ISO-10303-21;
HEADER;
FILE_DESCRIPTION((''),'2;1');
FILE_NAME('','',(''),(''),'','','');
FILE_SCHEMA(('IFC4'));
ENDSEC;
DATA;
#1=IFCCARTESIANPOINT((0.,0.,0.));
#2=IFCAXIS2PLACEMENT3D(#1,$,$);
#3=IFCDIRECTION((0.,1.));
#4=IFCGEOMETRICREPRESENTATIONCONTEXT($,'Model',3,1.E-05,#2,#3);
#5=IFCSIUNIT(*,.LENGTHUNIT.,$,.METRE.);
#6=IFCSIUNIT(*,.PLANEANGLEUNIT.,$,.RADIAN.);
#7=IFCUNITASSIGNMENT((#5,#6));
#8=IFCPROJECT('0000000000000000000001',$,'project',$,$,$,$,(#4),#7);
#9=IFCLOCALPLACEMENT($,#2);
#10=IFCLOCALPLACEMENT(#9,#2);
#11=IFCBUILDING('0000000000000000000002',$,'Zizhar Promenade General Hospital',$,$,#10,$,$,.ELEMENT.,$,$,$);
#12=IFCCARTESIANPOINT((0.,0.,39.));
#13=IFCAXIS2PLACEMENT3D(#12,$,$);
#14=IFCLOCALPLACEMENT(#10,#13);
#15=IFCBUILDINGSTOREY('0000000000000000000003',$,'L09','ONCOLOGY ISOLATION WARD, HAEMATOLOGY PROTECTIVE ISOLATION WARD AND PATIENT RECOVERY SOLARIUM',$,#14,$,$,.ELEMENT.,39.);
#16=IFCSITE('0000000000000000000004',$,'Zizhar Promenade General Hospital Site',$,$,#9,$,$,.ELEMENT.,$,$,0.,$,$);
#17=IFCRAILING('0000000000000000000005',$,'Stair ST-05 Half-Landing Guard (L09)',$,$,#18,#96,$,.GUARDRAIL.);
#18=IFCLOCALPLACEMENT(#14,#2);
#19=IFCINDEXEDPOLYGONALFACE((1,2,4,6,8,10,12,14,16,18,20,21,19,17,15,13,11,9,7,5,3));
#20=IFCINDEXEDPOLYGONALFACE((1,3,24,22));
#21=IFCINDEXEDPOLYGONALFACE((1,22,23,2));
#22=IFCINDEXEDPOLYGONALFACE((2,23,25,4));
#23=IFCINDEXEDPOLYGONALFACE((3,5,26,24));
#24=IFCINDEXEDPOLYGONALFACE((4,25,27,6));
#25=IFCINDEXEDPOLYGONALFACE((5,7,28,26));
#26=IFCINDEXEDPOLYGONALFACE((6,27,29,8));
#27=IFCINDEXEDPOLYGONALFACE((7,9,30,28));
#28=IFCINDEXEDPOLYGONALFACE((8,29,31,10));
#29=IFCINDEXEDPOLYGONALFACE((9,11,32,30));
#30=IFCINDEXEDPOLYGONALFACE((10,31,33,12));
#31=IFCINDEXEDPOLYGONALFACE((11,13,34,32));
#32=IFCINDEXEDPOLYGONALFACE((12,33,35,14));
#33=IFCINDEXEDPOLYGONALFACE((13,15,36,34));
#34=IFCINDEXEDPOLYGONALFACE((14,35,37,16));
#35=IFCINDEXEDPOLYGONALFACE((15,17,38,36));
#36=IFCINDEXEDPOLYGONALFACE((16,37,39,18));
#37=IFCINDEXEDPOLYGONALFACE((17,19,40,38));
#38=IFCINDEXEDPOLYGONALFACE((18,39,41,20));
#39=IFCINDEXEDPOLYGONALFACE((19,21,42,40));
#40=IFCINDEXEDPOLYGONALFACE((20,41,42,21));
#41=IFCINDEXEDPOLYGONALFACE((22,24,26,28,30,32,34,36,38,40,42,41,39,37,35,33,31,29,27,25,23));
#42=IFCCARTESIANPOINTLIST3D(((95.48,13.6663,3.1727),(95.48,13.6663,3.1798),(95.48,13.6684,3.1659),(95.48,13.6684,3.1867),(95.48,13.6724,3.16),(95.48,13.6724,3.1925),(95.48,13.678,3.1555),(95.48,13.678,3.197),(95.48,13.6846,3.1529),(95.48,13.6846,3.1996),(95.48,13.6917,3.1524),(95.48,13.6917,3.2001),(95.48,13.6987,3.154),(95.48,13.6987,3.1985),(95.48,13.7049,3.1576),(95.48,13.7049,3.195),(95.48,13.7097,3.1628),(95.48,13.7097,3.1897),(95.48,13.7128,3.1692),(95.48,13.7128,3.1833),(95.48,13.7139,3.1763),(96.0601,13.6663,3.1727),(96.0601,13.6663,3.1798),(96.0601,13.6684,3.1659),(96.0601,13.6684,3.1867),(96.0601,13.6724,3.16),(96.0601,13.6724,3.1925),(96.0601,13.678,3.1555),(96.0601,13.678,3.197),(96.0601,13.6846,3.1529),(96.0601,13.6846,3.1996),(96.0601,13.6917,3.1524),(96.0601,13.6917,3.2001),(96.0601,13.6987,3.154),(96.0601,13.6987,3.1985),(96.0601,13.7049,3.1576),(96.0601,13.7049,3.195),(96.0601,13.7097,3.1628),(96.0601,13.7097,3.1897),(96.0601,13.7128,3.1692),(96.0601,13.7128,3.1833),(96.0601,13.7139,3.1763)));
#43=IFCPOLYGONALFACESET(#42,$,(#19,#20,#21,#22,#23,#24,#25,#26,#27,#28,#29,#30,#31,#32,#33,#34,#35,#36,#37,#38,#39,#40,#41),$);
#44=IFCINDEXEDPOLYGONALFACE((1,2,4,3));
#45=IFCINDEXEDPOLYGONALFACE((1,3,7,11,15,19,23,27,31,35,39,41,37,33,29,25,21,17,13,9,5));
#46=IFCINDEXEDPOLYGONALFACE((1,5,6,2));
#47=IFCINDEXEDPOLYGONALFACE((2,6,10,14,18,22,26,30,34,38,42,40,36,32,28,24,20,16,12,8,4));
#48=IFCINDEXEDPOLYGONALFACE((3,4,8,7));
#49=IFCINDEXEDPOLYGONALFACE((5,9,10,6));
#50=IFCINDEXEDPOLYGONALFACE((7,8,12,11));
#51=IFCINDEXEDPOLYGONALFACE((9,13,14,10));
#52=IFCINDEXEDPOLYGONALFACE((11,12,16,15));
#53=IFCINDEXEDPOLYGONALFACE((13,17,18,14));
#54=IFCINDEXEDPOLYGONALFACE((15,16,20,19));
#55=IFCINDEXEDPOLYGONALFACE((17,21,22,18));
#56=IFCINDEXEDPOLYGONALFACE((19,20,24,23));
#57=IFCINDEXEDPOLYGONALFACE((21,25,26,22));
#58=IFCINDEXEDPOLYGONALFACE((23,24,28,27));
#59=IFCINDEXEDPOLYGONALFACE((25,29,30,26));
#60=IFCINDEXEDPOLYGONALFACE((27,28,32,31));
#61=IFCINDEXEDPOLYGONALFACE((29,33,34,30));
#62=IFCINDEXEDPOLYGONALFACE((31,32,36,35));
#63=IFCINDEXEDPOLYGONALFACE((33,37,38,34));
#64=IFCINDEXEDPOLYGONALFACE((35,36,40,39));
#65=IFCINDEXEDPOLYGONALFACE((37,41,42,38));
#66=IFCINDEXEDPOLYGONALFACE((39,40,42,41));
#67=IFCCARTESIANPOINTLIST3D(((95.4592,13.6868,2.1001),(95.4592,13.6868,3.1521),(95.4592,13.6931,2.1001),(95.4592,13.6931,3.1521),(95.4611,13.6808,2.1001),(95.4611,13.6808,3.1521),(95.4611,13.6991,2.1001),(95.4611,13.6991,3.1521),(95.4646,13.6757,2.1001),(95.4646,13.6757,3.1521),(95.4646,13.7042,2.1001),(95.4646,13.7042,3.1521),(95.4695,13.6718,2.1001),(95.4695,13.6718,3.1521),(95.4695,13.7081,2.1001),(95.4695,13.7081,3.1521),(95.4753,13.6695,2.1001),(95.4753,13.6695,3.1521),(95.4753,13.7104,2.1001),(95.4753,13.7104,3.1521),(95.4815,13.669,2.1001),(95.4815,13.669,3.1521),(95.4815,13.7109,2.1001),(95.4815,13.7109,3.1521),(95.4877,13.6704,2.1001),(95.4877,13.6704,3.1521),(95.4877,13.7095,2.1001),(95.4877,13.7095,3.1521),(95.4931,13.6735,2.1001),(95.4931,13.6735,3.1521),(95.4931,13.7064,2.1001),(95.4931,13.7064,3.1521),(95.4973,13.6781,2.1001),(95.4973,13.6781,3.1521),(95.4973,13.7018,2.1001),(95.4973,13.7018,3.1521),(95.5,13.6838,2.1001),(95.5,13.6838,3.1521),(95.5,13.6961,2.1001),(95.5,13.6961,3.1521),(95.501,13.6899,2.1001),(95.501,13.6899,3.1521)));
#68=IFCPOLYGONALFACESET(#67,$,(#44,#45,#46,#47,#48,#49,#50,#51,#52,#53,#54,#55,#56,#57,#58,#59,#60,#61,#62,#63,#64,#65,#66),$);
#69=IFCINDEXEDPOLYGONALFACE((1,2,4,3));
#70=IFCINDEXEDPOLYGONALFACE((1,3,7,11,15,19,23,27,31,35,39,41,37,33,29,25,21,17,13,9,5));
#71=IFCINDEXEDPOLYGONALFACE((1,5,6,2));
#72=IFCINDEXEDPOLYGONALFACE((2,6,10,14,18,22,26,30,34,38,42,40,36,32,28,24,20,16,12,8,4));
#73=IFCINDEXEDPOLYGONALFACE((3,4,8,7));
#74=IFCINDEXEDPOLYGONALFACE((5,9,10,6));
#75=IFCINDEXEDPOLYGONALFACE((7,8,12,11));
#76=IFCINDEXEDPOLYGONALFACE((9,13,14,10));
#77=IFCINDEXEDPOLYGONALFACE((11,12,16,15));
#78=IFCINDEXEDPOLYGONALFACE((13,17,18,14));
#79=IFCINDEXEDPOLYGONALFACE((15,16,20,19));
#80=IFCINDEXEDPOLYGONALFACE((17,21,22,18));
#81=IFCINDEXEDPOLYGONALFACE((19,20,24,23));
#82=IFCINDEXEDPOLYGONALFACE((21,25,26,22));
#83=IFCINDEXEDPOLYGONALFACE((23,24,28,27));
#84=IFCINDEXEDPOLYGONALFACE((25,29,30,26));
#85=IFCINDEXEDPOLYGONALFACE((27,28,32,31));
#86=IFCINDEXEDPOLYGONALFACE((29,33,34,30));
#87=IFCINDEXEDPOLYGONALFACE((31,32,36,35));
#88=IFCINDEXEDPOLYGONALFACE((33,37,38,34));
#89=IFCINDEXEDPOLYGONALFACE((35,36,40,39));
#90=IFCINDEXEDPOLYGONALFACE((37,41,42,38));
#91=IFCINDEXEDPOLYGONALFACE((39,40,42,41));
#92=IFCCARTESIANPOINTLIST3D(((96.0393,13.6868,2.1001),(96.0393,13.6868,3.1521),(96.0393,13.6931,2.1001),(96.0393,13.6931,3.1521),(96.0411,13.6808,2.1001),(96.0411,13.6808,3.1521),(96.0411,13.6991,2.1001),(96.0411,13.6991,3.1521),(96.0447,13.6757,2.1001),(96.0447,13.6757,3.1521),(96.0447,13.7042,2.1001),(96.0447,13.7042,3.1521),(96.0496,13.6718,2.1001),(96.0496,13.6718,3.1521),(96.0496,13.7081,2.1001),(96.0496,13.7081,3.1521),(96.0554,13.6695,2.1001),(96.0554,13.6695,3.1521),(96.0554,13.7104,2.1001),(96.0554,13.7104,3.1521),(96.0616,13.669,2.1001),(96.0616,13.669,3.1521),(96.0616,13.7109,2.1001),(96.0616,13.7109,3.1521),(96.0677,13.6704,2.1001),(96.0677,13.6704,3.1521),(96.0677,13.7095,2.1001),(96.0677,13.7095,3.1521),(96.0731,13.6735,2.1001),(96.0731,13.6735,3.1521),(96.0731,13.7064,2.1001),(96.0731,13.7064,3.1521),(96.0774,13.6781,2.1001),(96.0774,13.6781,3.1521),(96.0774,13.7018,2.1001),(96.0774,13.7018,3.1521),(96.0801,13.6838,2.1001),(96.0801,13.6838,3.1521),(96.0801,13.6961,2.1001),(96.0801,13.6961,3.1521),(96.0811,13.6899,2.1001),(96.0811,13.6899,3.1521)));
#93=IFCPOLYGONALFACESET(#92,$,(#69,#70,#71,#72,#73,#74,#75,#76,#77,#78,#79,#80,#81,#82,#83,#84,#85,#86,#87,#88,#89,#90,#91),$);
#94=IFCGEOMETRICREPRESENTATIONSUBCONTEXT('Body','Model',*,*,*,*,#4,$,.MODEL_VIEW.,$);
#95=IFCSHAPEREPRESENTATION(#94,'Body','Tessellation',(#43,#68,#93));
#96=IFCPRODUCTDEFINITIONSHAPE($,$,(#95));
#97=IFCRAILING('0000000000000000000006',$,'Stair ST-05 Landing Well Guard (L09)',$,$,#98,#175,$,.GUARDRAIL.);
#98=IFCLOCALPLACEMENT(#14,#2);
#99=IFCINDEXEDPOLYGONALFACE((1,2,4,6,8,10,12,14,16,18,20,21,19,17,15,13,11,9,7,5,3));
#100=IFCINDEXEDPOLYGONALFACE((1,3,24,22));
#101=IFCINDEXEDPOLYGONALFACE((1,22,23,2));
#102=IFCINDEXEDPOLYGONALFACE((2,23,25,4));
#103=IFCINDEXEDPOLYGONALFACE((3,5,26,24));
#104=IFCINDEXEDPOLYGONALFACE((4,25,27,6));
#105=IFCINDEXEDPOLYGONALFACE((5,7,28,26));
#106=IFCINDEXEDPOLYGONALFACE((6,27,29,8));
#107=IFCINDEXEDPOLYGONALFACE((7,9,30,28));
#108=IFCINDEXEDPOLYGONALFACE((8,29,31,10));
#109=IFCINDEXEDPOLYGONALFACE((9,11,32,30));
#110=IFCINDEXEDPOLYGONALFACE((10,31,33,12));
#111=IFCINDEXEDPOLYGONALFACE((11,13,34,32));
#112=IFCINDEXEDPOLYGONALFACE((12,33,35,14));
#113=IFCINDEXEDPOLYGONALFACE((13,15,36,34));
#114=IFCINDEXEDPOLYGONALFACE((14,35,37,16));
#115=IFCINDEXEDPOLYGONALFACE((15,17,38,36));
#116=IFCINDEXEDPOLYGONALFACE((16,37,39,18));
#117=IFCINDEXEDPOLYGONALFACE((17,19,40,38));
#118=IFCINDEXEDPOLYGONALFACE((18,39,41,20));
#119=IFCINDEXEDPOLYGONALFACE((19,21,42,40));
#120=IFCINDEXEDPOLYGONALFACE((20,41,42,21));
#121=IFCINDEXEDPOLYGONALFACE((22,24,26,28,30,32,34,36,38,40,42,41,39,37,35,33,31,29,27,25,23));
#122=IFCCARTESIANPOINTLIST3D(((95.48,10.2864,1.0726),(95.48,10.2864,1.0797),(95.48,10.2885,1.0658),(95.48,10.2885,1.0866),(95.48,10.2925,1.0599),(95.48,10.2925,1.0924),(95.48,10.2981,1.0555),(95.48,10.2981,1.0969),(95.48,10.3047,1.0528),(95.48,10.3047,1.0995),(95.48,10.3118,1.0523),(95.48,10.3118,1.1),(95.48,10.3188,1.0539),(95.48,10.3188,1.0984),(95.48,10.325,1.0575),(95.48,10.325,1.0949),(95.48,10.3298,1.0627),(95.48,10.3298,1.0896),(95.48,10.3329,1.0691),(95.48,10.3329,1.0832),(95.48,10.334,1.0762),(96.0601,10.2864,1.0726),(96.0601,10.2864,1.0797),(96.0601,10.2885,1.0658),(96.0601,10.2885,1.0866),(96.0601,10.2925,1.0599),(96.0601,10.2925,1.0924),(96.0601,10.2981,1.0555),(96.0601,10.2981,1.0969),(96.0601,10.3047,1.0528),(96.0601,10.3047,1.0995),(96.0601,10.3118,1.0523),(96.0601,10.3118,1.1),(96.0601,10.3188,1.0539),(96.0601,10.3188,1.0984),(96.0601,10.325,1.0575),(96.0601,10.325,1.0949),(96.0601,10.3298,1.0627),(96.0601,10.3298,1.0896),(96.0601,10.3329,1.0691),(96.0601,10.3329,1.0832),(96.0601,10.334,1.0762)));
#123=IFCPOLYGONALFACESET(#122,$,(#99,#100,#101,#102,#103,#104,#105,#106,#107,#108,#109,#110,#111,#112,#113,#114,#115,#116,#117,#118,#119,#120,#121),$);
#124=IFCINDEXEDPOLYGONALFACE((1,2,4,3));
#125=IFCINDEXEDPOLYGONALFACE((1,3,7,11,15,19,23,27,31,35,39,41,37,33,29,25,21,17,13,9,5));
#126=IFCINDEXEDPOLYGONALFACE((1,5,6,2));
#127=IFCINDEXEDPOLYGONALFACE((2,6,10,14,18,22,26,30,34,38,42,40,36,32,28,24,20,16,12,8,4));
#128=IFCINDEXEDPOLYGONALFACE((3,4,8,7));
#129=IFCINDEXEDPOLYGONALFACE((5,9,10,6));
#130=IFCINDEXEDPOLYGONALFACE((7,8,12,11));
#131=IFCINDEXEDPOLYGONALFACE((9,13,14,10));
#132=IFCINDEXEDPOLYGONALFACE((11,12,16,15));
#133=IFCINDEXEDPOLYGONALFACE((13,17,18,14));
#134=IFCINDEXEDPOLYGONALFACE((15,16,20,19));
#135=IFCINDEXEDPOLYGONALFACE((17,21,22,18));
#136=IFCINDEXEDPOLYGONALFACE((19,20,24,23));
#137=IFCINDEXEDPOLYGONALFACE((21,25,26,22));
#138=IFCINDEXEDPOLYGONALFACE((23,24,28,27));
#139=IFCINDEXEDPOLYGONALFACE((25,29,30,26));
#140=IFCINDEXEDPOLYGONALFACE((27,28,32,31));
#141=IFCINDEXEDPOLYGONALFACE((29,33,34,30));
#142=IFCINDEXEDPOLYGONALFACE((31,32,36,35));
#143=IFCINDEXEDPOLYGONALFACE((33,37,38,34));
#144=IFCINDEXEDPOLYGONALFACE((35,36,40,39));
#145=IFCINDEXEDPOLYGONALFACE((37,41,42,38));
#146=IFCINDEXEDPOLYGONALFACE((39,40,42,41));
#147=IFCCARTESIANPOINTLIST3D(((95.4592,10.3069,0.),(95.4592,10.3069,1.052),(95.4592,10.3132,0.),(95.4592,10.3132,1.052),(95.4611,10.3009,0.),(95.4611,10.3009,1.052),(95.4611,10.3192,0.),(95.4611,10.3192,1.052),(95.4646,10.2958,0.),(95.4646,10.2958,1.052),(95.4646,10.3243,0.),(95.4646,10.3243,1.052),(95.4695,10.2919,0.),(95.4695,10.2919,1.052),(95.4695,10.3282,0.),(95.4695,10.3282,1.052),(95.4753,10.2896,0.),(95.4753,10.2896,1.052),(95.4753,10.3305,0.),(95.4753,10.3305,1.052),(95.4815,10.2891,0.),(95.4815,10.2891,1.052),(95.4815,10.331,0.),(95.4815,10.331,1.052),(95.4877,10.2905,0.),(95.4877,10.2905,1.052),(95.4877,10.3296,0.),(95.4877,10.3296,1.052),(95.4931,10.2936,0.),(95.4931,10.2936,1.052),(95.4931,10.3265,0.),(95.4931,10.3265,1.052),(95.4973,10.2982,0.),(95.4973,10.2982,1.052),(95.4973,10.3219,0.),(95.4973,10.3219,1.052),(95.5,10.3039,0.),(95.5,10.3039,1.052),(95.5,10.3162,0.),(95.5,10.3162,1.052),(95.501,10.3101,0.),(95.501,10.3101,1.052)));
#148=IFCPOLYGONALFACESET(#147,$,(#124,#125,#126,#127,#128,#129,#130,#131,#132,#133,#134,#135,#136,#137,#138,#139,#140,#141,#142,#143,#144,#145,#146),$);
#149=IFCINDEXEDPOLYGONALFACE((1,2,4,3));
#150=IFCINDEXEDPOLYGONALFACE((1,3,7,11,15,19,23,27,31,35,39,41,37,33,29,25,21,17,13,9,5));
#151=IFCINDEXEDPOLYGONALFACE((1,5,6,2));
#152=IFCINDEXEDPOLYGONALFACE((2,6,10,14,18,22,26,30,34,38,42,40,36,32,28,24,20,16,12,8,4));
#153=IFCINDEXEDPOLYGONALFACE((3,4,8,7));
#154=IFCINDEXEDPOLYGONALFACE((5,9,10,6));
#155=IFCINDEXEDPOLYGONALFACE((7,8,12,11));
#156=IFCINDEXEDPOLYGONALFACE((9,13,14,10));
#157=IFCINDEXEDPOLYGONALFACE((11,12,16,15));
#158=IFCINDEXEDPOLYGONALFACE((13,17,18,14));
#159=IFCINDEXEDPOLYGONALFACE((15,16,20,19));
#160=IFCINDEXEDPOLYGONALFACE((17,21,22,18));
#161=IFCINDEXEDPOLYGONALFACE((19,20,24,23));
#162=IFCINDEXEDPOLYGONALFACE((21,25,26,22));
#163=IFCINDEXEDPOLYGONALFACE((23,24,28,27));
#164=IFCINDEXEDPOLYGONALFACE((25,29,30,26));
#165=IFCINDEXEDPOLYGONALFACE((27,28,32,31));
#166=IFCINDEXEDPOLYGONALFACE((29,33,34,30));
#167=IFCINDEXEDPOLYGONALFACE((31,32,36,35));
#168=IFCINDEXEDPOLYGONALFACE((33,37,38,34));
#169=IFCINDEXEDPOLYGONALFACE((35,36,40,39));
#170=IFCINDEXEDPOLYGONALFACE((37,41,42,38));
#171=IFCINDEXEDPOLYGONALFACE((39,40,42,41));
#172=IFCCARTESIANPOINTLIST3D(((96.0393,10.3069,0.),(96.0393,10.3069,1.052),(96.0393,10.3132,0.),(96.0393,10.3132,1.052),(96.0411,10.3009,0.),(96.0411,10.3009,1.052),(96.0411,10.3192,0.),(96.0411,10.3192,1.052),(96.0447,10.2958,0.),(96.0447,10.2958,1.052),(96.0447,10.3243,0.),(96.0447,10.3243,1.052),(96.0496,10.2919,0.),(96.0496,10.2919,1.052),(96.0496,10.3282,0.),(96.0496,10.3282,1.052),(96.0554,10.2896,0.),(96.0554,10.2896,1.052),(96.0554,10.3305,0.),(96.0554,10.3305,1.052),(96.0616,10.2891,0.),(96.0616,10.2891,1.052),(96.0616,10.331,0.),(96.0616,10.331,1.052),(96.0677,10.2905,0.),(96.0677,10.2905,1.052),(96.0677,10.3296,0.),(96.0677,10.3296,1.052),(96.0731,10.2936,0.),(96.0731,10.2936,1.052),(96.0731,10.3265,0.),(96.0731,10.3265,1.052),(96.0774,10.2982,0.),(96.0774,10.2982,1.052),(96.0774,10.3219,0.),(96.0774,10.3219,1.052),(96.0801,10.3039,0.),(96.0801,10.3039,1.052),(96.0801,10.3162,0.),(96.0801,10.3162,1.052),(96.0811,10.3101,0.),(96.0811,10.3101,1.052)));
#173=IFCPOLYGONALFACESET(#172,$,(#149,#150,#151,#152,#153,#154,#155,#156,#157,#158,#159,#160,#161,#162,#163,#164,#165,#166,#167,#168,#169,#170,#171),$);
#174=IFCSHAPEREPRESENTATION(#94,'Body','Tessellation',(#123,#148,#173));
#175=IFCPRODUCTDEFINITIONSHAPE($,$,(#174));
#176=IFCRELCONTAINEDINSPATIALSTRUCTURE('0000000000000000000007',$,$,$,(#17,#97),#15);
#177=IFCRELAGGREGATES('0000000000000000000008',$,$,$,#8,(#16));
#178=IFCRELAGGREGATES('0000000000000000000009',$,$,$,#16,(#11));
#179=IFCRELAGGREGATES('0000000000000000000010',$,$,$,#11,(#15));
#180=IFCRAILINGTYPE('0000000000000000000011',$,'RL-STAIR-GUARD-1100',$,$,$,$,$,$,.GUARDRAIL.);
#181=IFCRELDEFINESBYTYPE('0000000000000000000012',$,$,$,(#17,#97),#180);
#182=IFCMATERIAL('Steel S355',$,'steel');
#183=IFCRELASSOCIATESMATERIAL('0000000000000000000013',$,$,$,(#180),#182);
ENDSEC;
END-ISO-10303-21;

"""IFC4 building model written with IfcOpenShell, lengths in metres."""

from ifc_helpers import new_model, si_unit, direction, frame, origin, origin_2d, place, context, subcontext, project, spatial, circle, hollow_circle, extrude, material, material_profile, profile_set, type_object, element, save


model = new_model("IFC4")

# Units and contexts
model_context = context("Model", 3, precision=1e-05, world=origin(), true_north=direction((0.0, 1.0)))
body_context = subcontext(model_context, "Body", "Model", "MODEL_VIEW")
ifc_project = project(units=[si_unit("LENGTHUNIT", "METRE"), si_unit("PLANEANGLEUNIT", "RADIAN")], contexts=[model_context])

# Site, building, storey
site_placement = place(None, origin())
site = spatial("IfcSite", under=ifc_project, at=site_placement, Name="Zizhar Promenade General Hospital Site", CompositionType="ELEMENT", RefElevation=0.0)
building_placement = place(site_placement, origin())
building = spatial("IfcBuilding", under=site, at=building_placement, Name="Zizhar Promenade General Hospital", CompositionType="ELEMENT")
storey_placement = place(building_placement, frame((0.0, 0.0, 39.0)))
storey = spatial("IfcBuildingStorey", under=building, at=storey_placement, Name="L09", Description="ONCOLOGY ISOLATION WARD, HAEMATOLOGY PROTECTIVE ISOLATION WARD AND PATIENT RECOVERY SOLARIUM", CompositionType="ELEMENT", Elevation=39.0)

# Railings
ifc_material_1 = material(Name="Steel S355", Category="steel")
ifc_material_profile_1 = material_profile(ifc_material_1, hollow_circle(Radius=0.0698, WallThickness=0.0063, at=origin_2d()))
ifc_profile_set_1 = profile_set([ifc_material_profile_1], Name="Steel S355")
railing_type_1 = type_object("IfcRailingType", Name="RL-STAIR-GUARD-1100", PredefinedType="GUARDRAIL", material=ifc_profile_set_1)
for number, where, name in (
    (1, (95.48, 13.6899, 2.1001), "Stair ST-05 Half-Landing Guard (L09)"),
    (2, (95.48, 10.3101, 0.0), "Stair ST-05 Landing Well Guard (L09)"),
):
    element("IfcRailing", number, at=place(storey_placement, frame(where)), inside=storey, type_object=railing_type_1, Name=name, PredefinedType="GUARDRAIL", context=body_context, shape_type="SweptSolid", body=[
        extrude(circle(Radius=0.0239, at=origin_2d()), frame((0.0, 0.0, 1.0762), z_axis=(1.0, 0.0, 0.0), x_axis=(0.0, 1.0, 0.0)), (0.0, 0.0, 1.0), 0.5801),
        extrude(circle(Radius=0.021, at=origin_2d()), origin(), (0.0, 0.0, 1.0), 1.052),
        extrude(circle(Radius=0.021, at=origin_2d()), frame((0.5801, 0.0, 0.0)), (0.0, 0.0, 1.0), 1.052),
    ])

save(model, "model.ifc")
